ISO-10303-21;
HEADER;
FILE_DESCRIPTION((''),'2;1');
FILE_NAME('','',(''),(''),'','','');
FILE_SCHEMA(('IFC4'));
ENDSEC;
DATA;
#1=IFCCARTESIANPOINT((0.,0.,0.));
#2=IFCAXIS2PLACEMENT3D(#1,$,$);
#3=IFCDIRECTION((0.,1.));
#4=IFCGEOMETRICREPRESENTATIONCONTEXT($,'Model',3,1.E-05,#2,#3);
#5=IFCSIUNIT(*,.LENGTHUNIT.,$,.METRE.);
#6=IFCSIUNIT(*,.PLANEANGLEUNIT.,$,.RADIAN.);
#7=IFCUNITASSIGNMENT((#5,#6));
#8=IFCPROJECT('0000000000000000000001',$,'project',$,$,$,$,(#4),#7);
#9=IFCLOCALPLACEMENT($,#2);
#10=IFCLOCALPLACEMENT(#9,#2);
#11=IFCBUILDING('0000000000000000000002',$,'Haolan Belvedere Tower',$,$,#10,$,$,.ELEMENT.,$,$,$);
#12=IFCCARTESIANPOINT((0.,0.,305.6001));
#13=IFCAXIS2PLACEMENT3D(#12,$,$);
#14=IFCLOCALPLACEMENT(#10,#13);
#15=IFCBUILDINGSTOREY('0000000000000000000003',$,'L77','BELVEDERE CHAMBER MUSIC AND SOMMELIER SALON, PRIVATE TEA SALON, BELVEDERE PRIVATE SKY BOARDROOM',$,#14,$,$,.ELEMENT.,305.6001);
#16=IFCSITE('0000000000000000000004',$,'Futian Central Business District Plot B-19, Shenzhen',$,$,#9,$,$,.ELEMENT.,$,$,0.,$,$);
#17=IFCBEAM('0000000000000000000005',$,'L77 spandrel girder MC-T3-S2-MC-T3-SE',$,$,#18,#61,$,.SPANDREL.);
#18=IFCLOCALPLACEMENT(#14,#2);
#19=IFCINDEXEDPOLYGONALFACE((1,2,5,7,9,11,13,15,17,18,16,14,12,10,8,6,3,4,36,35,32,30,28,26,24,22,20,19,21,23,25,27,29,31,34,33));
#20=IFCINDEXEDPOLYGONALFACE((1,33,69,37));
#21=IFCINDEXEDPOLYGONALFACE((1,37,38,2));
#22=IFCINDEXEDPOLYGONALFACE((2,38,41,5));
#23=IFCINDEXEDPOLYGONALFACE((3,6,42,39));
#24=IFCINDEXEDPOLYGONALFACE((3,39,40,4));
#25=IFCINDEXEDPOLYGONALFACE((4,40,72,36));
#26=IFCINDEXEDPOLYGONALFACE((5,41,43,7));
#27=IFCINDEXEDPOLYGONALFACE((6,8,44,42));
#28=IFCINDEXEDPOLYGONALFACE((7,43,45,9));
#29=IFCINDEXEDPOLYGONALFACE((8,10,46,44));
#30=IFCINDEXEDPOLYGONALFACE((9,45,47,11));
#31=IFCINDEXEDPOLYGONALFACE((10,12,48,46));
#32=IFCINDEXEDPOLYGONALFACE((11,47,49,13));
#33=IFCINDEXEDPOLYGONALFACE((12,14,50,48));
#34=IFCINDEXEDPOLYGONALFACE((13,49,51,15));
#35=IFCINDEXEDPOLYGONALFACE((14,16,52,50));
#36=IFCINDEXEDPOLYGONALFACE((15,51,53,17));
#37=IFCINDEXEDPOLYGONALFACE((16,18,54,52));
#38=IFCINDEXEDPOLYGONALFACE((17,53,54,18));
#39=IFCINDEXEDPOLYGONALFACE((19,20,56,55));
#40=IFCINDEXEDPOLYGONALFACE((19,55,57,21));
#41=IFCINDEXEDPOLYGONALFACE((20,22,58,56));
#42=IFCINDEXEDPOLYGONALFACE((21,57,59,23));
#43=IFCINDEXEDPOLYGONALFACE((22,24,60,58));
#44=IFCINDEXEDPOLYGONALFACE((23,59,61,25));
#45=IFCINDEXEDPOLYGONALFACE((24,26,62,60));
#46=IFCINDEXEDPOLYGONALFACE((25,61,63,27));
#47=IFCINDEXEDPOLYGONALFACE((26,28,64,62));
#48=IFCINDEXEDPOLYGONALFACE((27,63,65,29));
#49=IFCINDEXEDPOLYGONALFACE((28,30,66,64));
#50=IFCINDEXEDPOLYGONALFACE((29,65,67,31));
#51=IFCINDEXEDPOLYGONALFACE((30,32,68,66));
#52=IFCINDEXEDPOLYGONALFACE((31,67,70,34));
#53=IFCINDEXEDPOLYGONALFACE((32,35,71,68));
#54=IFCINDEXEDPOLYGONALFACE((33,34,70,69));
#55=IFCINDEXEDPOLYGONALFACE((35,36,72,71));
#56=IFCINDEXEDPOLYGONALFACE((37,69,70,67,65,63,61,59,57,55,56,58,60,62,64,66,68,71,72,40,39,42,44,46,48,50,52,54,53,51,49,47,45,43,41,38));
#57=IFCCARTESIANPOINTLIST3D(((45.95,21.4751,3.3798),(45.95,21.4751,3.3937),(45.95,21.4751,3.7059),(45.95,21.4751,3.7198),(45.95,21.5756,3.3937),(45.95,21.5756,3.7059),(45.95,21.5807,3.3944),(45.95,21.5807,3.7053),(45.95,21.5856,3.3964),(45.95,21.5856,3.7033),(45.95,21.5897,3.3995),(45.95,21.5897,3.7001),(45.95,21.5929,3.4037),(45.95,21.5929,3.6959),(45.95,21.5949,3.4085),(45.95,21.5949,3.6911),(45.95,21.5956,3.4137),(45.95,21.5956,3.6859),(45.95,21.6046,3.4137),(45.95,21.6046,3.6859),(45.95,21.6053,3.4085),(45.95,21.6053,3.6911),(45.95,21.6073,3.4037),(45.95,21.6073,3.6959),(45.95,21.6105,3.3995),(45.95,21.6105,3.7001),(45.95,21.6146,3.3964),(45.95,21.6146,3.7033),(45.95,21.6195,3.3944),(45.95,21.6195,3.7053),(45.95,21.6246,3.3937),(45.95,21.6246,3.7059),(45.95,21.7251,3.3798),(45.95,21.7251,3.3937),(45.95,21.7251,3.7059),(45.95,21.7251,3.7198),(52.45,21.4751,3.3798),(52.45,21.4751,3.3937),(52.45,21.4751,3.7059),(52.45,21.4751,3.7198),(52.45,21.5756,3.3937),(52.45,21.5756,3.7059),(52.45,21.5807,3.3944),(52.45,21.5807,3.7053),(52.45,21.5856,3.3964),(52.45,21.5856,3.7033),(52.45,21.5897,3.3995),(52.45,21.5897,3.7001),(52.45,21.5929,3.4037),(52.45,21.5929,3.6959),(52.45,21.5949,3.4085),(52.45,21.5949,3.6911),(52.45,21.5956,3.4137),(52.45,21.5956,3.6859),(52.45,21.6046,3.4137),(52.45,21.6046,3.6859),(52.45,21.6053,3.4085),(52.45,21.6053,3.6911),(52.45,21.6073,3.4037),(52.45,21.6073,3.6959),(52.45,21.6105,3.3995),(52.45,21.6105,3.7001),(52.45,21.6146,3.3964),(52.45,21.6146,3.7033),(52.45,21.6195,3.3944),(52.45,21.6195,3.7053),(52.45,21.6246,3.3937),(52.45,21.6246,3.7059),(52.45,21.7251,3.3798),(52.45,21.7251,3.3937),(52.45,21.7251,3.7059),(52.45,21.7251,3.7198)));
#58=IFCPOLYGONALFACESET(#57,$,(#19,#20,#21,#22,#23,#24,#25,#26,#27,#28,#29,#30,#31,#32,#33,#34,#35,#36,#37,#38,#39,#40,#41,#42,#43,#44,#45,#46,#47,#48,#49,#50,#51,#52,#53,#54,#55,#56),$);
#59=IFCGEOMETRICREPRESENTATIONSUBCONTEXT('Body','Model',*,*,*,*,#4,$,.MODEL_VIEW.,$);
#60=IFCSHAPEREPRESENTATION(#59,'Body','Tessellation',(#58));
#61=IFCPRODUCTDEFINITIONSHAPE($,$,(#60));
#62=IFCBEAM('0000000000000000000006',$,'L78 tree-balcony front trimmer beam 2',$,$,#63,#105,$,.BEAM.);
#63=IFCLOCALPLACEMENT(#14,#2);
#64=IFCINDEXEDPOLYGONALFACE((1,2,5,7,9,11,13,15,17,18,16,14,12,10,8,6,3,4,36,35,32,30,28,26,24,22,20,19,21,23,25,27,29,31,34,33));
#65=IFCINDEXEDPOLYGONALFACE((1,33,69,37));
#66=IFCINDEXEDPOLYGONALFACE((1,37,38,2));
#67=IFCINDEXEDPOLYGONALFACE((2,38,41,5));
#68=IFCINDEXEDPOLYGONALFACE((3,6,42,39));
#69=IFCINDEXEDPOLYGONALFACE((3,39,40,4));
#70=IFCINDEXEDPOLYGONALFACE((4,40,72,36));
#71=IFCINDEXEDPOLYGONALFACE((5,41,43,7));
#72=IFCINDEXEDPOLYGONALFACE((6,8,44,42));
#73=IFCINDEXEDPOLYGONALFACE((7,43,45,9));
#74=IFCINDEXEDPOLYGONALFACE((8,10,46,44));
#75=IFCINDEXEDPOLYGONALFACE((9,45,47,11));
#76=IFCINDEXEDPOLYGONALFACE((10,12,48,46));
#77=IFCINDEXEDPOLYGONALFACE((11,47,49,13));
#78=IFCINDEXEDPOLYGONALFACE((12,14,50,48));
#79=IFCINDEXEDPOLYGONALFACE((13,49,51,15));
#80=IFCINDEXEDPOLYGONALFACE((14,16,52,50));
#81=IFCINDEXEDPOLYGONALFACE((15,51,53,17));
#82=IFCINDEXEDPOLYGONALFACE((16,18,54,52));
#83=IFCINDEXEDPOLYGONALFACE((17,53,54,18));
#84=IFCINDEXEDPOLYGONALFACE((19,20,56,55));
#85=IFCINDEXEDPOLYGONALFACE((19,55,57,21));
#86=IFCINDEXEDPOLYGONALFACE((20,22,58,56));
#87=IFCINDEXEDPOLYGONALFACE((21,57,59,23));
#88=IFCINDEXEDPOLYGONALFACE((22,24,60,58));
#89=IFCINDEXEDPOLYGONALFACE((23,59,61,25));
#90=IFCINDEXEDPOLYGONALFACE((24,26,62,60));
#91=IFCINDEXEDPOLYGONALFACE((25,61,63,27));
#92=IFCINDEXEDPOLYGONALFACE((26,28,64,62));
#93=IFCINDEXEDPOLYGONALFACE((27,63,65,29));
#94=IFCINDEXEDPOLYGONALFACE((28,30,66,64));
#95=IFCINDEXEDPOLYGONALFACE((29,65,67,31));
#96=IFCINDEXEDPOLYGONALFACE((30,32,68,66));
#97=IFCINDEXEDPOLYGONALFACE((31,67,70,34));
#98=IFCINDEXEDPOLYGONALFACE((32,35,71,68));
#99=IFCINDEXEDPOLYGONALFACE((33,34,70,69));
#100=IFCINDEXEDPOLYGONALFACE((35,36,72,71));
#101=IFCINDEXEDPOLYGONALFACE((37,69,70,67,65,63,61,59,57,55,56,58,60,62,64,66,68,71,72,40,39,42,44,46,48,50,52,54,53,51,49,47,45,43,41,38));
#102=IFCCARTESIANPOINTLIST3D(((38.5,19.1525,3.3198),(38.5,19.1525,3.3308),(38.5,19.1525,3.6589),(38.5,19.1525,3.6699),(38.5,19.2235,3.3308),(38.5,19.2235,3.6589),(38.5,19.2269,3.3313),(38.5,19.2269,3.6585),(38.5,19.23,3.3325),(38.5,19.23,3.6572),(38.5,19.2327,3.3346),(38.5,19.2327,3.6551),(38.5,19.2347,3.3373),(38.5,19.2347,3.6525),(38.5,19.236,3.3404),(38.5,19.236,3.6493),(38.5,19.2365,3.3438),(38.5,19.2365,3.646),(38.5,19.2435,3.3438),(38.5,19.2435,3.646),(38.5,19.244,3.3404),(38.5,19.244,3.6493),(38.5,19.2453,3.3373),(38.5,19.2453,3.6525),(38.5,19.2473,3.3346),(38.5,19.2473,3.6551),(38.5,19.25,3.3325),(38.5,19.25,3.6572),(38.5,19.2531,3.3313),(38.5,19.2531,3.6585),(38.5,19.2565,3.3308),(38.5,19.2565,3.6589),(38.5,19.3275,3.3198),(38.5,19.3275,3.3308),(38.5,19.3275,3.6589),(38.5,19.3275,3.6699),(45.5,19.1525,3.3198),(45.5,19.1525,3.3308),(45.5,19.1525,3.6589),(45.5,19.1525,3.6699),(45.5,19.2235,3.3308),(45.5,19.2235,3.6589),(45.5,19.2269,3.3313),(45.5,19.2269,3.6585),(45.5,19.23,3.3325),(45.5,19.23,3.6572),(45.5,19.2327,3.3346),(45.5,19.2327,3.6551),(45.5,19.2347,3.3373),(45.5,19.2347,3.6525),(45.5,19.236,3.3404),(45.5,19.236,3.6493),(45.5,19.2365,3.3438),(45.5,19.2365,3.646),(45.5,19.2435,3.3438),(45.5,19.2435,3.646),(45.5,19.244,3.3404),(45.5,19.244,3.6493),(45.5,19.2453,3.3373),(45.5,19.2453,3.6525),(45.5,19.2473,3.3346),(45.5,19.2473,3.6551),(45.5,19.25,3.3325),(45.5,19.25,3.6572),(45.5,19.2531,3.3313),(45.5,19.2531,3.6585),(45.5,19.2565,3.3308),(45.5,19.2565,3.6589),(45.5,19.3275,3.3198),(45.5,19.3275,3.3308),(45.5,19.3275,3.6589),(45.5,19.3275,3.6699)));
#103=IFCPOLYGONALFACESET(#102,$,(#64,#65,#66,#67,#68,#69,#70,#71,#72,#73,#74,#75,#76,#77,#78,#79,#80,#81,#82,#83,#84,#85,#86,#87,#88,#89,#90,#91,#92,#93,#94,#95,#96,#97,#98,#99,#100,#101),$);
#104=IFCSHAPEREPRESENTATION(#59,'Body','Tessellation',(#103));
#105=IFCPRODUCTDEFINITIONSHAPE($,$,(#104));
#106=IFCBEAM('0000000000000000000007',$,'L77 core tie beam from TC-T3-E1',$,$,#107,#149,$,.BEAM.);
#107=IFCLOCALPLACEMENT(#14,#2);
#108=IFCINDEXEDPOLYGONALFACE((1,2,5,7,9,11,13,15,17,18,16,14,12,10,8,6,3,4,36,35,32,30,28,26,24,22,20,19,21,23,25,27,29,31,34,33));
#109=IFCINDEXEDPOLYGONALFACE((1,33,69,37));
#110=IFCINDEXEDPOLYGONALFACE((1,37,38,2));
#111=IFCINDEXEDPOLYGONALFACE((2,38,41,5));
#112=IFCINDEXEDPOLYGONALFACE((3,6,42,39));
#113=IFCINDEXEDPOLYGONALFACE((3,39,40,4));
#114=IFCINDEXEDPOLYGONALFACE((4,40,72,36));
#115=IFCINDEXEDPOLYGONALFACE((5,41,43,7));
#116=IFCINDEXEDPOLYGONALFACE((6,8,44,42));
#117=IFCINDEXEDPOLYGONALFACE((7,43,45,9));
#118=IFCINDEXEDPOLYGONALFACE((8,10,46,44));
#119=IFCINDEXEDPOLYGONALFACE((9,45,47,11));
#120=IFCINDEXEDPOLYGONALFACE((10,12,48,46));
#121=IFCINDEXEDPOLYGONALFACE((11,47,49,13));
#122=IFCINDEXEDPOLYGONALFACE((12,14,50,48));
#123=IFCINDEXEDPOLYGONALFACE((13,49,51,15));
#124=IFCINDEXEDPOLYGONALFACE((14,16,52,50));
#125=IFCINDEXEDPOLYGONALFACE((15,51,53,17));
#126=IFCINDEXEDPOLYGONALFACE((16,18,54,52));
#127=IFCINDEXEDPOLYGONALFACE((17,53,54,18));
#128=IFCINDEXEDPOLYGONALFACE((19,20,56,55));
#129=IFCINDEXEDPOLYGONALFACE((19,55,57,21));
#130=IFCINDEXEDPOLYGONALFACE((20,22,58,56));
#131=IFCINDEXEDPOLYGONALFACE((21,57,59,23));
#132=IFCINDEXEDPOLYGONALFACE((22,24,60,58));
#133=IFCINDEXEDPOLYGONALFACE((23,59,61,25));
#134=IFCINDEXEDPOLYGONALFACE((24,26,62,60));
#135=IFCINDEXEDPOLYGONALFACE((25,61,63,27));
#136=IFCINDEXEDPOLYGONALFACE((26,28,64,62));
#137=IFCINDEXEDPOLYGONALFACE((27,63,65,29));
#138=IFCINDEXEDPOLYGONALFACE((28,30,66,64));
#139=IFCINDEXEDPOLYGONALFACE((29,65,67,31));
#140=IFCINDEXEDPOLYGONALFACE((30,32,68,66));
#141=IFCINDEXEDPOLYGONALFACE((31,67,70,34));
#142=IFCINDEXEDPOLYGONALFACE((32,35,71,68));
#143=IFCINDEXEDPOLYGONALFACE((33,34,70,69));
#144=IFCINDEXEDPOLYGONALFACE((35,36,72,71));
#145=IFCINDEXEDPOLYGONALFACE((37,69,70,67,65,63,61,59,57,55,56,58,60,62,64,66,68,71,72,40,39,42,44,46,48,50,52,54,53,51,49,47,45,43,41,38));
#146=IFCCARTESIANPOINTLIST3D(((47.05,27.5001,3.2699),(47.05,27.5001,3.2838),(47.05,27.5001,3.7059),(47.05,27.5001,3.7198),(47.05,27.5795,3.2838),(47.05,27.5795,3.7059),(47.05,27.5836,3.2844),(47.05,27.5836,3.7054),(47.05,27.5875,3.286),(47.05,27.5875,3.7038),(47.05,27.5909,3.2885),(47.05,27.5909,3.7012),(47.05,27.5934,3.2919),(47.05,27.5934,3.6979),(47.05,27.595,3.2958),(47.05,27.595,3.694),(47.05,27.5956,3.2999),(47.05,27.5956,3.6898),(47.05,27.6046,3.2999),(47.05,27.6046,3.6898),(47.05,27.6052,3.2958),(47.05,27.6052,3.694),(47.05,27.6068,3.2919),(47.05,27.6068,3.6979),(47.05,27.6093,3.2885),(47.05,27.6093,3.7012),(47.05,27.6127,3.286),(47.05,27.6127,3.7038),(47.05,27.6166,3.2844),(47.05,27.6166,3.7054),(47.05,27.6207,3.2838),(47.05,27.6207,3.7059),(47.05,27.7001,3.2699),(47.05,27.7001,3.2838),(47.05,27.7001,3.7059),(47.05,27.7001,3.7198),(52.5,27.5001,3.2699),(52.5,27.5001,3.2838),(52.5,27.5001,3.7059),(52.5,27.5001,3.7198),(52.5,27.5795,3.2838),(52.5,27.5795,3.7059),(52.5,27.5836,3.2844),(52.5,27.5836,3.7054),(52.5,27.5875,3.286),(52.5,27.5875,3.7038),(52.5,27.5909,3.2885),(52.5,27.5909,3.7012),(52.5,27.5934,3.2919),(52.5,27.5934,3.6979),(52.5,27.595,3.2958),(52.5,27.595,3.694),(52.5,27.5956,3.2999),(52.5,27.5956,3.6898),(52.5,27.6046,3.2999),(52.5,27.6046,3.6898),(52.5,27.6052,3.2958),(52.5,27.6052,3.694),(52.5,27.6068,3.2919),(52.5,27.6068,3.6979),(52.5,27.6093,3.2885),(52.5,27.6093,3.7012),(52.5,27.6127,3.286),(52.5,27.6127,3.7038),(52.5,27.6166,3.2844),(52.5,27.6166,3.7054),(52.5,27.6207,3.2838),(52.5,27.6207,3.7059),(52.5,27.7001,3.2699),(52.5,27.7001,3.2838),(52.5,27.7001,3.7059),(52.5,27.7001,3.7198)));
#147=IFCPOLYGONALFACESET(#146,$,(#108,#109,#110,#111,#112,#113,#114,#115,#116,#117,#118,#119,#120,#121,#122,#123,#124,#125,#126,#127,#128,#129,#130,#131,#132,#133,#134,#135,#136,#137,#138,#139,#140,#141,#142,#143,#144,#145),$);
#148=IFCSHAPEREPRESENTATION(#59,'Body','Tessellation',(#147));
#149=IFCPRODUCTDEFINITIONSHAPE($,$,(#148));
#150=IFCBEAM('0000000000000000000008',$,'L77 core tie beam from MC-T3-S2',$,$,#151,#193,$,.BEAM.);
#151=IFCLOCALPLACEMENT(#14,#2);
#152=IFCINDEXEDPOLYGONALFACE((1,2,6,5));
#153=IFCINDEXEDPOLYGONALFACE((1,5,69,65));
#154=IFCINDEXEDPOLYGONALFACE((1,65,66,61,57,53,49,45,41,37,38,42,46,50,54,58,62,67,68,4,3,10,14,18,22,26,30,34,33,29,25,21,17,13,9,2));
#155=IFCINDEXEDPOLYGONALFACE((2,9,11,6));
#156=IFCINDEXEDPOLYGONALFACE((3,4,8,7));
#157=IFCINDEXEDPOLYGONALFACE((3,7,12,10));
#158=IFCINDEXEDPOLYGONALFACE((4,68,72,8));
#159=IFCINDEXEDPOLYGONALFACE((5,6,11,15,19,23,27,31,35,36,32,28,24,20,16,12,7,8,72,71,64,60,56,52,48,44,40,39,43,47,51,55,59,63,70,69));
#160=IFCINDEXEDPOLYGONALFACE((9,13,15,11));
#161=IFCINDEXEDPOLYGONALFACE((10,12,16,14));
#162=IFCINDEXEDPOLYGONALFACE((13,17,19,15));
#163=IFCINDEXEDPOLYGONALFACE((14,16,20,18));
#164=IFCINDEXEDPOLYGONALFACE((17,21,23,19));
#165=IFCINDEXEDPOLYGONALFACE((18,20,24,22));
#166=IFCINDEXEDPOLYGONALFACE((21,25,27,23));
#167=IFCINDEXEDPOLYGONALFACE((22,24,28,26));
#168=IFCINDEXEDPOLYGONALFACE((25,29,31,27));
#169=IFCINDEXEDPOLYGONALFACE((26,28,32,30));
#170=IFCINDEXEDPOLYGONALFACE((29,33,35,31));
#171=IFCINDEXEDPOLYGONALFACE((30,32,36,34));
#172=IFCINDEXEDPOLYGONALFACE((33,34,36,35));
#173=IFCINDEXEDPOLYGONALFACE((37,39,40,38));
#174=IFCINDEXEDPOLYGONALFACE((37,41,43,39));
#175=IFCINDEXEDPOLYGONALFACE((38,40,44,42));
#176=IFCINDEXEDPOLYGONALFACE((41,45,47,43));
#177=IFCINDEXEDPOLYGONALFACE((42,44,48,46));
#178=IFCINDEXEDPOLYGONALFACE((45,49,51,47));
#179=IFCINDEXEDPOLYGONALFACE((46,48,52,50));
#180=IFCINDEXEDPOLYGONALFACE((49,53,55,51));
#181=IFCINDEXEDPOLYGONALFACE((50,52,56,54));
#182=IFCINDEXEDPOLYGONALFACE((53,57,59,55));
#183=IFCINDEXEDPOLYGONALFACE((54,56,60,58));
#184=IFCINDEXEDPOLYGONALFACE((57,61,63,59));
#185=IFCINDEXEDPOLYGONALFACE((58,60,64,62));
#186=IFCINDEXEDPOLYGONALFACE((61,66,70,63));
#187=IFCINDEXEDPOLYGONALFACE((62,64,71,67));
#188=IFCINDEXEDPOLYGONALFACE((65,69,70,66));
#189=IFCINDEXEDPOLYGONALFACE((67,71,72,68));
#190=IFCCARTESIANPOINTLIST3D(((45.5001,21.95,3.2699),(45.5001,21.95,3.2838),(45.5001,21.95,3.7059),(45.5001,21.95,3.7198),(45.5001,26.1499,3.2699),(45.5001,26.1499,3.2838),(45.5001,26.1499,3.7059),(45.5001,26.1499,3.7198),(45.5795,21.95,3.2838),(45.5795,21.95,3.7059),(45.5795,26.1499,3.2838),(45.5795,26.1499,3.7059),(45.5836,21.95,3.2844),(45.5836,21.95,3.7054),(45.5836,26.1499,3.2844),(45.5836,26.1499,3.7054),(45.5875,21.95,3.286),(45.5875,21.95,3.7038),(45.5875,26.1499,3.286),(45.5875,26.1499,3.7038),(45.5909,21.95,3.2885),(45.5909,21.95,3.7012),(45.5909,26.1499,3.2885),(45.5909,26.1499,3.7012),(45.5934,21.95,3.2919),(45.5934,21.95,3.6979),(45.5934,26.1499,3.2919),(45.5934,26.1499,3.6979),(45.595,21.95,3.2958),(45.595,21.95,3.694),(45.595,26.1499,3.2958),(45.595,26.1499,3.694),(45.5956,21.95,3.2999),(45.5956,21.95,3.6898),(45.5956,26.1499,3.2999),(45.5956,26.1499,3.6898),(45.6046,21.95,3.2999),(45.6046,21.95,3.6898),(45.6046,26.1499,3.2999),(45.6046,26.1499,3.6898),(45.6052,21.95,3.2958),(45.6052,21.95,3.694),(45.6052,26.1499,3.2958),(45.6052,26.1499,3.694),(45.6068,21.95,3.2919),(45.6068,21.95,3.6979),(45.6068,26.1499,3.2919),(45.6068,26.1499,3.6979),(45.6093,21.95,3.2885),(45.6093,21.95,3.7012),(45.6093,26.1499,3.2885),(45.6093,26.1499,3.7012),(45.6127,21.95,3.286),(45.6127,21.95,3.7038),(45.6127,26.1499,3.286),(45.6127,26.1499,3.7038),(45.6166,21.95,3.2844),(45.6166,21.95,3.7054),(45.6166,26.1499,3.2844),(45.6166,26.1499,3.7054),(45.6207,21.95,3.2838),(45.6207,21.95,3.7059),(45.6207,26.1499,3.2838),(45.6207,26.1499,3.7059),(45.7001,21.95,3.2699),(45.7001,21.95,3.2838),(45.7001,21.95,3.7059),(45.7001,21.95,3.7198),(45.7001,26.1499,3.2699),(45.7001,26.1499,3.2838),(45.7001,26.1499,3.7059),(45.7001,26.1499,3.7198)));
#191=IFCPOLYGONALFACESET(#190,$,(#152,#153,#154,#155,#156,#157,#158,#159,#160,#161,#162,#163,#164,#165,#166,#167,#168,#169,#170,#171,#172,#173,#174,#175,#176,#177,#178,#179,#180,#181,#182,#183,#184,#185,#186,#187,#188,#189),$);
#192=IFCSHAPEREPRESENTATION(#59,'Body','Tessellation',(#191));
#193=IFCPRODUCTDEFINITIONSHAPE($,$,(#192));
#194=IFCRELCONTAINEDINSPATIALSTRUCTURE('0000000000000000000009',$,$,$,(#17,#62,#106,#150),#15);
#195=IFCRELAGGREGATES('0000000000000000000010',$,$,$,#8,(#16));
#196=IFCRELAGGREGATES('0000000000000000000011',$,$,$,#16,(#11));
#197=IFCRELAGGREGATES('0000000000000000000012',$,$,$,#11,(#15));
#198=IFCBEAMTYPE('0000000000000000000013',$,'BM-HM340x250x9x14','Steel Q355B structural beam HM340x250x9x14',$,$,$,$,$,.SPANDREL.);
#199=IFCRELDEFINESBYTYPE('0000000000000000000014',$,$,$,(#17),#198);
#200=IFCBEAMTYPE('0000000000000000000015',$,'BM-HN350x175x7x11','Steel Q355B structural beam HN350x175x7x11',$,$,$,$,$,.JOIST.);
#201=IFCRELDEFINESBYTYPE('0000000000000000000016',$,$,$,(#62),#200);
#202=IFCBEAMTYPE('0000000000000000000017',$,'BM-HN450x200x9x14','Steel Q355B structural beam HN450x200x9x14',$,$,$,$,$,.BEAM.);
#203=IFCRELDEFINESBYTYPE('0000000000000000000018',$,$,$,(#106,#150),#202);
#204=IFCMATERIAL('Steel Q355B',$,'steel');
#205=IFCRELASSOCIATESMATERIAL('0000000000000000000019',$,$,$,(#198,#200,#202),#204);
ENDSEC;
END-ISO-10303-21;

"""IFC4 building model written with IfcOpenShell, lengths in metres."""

from ifc_helpers import new_model, si_unit, direction, frame, origin, origin_2d, place, context, subcontext, project, spatial, i_section, extrude, material, material_profile, profile_set, type_object, element, save


model = new_model("IFC4")

# Units and contexts
model_context = context("Model", 3, precision=1e-05, world=origin(), true_north=direction((0.0, 1.0)))
body_context = subcontext(model_context, "Body", "Model", "MODEL_VIEW")
ifc_project = project(units=[si_unit("LENGTHUNIT", "METRE"), si_unit("PLANEANGLEUNIT", "RADIAN")], contexts=[model_context])

# Site, building, storey
site_placement = place(None, origin())
site = spatial("IfcSite", under=ifc_project, at=site_placement, Name="Futian Central Business District Plot B-19, Shenzhen", CompositionType="ELEMENT", RefElevation=0.0)
building_placement = place(site_placement, origin())
building = spatial("IfcBuilding", under=site, at=building_placement, Name="Haolan Belvedere Tower", CompositionType="ELEMENT")
storey_placement = place(building_placement, frame((0.0, 0.0, 305.6001)))
storey = spatial("IfcBuildingStorey", under=building, at=storey_placement, Name="L77", Description="BELVEDERE CHAMBER MUSIC AND SOMMELIER SALON, PRIVATE TEA SALON, BELVEDERE PRIVATE SKY BOARDROOM", CompositionType="ELEMENT", Elevation=305.6001)

# Beams
ifc_material_1 = material(Name="Steel Q355B", Category="steel")
ifc_material_profile_1 = material_profile(ifc_material_1, i_section(OverallWidth=0.25, OverallDepth=0.3401, WebThickness=0.009, FlangeThickness=0.0139, FilletRadius=0.02, at=origin_2d()), Name="Steel Q355B")
ifc_profile_set_1 = profile_set([ifc_material_profile_1], Name="Steel Q355B")
beam_type_1 = type_object("IfcBeamType", Name="BM-HM340x250x9x14", Description="Steel Q355B structural beam HM340x250x9x14", PredefinedType="SPANDREL", material=ifc_profile_set_1)
beam_1_placement = place(storey_placement, frame((45.95, 21.6001, 3.5498), z_axis=(1.0, 0.0, 0.0), x_axis=(0.0, 1.0, 0.0)))
element("IfcBeam", 1, at=beam_1_placement, inside=storey, type_object=beam_type_1, Name="L77 spandrel girder MC-T3-S2-MC-T3-SE", PredefinedType="SPANDREL", context=body_context, shape_type="SweptSolid", body=[
    extrude(i_section(OverallWidth=0.25, OverallDepth=0.3401, WebThickness=0.009, FlangeThickness=0.0139, FilletRadius=0.02, at=origin_2d()), origin(), (0.0, 0.0, 1.0), 6.5),
])
ifc_material_profile_2 = material_profile(ifc_material_1, i_section(OverallWidth=0.175, OverallDepth=0.3501, WebThickness=0.0071, FlangeThickness=0.011, FilletRadius=0.0129, at=origin_2d()), Name="Steel Q355B")
ifc_profile_set_2 = profile_set([ifc_material_profile_2], Name="Steel Q355B")
beam_type_2 = type_object("IfcBeamType", Name="BM-HN350x175x7x11", Description="Steel Q355B structural beam HN350x175x7x11", PredefinedType="JOIST", material=ifc_profile_set_2)
beam_2_placement = place(storey_placement, frame((38.5, 19.24, 3.4949), z_axis=(1.0, 0.0, 0.0), x_axis=(0.0, 1.0, 0.0)))
element("IfcBeam", 2, at=beam_2_placement, inside=storey, type_object=beam_type_2, Name="L78 tree-balcony front trimmer beam 2", PredefinedType="BEAM", context=body_context, shape_type="SweptSolid", body=[
    extrude(i_section(OverallWidth=0.175, OverallDepth=0.3501, WebThickness=0.0071, FlangeThickness=0.011, FilletRadius=0.0129, at=origin_2d()), origin(), (0.0, 0.0, 1.0), 7.0),
])
ifc_material_profile_3 = material_profile(ifc_material_1, i_section(OverallWidth=0.2, OverallDepth=0.45, WebThickness=0.009, FlangeThickness=0.0139, FilletRadius=0.0161, at=origin_2d()), Name="Steel Q355B")
ifc_profile_set_3 = profile_set([ifc_material_profile_3], Name="Steel Q355B")
beam_type_3 = type_object("IfcBeamType", Name="BM-HN450x200x9x14", Description="Steel Q355B structural beam HN450x200x9x14", PredefinedType="BEAM", material=ifc_profile_set_3)
beam_3_placement = place(storey_placement, frame((52.5, 27.6001, 3.4949), z_axis=(-1.0, 0.0, 0.0), x_axis=(0.0, -1.0, 0.0)))
element("IfcBeam", 3, at=beam_3_placement, inside=storey, type_object=beam_type_3, Name="L77 core tie beam from TC-T3-E1", PredefinedType="BEAM", context=body_context, shape_type="SweptSolid", body=[
    extrude(i_section(OverallWidth=0.2, OverallDepth=0.45, WebThickness=0.009, FlangeThickness=0.0139, FilletRadius=0.0161, at=origin_2d()), origin(), (0.0, 0.0, 1.0), 5.45),
])
beam_4_placement = place(storey_placement, frame((45.6001, 21.95, 3.4949), z_axis=(0.0, 1.0, 0.0), x_axis=(-1.0, 0.0, 0.0)))
element("IfcBeam", 4, at=beam_4_placement, inside=storey, type_object=beam_type_3, Name="L77 core tie beam from MC-T3-S2", PredefinedType="BEAM", context=body_context, shape_type="SweptSolid", body=[
    extrude(i_section(OverallWidth=0.2, OverallDepth=0.45, WebThickness=0.009, FlangeThickness=0.0139, FilletRadius=0.0161, at=origin_2d()), origin(), (0.0, 0.0, 1.0), 4.2),
])

save(model, "model.ifc")
